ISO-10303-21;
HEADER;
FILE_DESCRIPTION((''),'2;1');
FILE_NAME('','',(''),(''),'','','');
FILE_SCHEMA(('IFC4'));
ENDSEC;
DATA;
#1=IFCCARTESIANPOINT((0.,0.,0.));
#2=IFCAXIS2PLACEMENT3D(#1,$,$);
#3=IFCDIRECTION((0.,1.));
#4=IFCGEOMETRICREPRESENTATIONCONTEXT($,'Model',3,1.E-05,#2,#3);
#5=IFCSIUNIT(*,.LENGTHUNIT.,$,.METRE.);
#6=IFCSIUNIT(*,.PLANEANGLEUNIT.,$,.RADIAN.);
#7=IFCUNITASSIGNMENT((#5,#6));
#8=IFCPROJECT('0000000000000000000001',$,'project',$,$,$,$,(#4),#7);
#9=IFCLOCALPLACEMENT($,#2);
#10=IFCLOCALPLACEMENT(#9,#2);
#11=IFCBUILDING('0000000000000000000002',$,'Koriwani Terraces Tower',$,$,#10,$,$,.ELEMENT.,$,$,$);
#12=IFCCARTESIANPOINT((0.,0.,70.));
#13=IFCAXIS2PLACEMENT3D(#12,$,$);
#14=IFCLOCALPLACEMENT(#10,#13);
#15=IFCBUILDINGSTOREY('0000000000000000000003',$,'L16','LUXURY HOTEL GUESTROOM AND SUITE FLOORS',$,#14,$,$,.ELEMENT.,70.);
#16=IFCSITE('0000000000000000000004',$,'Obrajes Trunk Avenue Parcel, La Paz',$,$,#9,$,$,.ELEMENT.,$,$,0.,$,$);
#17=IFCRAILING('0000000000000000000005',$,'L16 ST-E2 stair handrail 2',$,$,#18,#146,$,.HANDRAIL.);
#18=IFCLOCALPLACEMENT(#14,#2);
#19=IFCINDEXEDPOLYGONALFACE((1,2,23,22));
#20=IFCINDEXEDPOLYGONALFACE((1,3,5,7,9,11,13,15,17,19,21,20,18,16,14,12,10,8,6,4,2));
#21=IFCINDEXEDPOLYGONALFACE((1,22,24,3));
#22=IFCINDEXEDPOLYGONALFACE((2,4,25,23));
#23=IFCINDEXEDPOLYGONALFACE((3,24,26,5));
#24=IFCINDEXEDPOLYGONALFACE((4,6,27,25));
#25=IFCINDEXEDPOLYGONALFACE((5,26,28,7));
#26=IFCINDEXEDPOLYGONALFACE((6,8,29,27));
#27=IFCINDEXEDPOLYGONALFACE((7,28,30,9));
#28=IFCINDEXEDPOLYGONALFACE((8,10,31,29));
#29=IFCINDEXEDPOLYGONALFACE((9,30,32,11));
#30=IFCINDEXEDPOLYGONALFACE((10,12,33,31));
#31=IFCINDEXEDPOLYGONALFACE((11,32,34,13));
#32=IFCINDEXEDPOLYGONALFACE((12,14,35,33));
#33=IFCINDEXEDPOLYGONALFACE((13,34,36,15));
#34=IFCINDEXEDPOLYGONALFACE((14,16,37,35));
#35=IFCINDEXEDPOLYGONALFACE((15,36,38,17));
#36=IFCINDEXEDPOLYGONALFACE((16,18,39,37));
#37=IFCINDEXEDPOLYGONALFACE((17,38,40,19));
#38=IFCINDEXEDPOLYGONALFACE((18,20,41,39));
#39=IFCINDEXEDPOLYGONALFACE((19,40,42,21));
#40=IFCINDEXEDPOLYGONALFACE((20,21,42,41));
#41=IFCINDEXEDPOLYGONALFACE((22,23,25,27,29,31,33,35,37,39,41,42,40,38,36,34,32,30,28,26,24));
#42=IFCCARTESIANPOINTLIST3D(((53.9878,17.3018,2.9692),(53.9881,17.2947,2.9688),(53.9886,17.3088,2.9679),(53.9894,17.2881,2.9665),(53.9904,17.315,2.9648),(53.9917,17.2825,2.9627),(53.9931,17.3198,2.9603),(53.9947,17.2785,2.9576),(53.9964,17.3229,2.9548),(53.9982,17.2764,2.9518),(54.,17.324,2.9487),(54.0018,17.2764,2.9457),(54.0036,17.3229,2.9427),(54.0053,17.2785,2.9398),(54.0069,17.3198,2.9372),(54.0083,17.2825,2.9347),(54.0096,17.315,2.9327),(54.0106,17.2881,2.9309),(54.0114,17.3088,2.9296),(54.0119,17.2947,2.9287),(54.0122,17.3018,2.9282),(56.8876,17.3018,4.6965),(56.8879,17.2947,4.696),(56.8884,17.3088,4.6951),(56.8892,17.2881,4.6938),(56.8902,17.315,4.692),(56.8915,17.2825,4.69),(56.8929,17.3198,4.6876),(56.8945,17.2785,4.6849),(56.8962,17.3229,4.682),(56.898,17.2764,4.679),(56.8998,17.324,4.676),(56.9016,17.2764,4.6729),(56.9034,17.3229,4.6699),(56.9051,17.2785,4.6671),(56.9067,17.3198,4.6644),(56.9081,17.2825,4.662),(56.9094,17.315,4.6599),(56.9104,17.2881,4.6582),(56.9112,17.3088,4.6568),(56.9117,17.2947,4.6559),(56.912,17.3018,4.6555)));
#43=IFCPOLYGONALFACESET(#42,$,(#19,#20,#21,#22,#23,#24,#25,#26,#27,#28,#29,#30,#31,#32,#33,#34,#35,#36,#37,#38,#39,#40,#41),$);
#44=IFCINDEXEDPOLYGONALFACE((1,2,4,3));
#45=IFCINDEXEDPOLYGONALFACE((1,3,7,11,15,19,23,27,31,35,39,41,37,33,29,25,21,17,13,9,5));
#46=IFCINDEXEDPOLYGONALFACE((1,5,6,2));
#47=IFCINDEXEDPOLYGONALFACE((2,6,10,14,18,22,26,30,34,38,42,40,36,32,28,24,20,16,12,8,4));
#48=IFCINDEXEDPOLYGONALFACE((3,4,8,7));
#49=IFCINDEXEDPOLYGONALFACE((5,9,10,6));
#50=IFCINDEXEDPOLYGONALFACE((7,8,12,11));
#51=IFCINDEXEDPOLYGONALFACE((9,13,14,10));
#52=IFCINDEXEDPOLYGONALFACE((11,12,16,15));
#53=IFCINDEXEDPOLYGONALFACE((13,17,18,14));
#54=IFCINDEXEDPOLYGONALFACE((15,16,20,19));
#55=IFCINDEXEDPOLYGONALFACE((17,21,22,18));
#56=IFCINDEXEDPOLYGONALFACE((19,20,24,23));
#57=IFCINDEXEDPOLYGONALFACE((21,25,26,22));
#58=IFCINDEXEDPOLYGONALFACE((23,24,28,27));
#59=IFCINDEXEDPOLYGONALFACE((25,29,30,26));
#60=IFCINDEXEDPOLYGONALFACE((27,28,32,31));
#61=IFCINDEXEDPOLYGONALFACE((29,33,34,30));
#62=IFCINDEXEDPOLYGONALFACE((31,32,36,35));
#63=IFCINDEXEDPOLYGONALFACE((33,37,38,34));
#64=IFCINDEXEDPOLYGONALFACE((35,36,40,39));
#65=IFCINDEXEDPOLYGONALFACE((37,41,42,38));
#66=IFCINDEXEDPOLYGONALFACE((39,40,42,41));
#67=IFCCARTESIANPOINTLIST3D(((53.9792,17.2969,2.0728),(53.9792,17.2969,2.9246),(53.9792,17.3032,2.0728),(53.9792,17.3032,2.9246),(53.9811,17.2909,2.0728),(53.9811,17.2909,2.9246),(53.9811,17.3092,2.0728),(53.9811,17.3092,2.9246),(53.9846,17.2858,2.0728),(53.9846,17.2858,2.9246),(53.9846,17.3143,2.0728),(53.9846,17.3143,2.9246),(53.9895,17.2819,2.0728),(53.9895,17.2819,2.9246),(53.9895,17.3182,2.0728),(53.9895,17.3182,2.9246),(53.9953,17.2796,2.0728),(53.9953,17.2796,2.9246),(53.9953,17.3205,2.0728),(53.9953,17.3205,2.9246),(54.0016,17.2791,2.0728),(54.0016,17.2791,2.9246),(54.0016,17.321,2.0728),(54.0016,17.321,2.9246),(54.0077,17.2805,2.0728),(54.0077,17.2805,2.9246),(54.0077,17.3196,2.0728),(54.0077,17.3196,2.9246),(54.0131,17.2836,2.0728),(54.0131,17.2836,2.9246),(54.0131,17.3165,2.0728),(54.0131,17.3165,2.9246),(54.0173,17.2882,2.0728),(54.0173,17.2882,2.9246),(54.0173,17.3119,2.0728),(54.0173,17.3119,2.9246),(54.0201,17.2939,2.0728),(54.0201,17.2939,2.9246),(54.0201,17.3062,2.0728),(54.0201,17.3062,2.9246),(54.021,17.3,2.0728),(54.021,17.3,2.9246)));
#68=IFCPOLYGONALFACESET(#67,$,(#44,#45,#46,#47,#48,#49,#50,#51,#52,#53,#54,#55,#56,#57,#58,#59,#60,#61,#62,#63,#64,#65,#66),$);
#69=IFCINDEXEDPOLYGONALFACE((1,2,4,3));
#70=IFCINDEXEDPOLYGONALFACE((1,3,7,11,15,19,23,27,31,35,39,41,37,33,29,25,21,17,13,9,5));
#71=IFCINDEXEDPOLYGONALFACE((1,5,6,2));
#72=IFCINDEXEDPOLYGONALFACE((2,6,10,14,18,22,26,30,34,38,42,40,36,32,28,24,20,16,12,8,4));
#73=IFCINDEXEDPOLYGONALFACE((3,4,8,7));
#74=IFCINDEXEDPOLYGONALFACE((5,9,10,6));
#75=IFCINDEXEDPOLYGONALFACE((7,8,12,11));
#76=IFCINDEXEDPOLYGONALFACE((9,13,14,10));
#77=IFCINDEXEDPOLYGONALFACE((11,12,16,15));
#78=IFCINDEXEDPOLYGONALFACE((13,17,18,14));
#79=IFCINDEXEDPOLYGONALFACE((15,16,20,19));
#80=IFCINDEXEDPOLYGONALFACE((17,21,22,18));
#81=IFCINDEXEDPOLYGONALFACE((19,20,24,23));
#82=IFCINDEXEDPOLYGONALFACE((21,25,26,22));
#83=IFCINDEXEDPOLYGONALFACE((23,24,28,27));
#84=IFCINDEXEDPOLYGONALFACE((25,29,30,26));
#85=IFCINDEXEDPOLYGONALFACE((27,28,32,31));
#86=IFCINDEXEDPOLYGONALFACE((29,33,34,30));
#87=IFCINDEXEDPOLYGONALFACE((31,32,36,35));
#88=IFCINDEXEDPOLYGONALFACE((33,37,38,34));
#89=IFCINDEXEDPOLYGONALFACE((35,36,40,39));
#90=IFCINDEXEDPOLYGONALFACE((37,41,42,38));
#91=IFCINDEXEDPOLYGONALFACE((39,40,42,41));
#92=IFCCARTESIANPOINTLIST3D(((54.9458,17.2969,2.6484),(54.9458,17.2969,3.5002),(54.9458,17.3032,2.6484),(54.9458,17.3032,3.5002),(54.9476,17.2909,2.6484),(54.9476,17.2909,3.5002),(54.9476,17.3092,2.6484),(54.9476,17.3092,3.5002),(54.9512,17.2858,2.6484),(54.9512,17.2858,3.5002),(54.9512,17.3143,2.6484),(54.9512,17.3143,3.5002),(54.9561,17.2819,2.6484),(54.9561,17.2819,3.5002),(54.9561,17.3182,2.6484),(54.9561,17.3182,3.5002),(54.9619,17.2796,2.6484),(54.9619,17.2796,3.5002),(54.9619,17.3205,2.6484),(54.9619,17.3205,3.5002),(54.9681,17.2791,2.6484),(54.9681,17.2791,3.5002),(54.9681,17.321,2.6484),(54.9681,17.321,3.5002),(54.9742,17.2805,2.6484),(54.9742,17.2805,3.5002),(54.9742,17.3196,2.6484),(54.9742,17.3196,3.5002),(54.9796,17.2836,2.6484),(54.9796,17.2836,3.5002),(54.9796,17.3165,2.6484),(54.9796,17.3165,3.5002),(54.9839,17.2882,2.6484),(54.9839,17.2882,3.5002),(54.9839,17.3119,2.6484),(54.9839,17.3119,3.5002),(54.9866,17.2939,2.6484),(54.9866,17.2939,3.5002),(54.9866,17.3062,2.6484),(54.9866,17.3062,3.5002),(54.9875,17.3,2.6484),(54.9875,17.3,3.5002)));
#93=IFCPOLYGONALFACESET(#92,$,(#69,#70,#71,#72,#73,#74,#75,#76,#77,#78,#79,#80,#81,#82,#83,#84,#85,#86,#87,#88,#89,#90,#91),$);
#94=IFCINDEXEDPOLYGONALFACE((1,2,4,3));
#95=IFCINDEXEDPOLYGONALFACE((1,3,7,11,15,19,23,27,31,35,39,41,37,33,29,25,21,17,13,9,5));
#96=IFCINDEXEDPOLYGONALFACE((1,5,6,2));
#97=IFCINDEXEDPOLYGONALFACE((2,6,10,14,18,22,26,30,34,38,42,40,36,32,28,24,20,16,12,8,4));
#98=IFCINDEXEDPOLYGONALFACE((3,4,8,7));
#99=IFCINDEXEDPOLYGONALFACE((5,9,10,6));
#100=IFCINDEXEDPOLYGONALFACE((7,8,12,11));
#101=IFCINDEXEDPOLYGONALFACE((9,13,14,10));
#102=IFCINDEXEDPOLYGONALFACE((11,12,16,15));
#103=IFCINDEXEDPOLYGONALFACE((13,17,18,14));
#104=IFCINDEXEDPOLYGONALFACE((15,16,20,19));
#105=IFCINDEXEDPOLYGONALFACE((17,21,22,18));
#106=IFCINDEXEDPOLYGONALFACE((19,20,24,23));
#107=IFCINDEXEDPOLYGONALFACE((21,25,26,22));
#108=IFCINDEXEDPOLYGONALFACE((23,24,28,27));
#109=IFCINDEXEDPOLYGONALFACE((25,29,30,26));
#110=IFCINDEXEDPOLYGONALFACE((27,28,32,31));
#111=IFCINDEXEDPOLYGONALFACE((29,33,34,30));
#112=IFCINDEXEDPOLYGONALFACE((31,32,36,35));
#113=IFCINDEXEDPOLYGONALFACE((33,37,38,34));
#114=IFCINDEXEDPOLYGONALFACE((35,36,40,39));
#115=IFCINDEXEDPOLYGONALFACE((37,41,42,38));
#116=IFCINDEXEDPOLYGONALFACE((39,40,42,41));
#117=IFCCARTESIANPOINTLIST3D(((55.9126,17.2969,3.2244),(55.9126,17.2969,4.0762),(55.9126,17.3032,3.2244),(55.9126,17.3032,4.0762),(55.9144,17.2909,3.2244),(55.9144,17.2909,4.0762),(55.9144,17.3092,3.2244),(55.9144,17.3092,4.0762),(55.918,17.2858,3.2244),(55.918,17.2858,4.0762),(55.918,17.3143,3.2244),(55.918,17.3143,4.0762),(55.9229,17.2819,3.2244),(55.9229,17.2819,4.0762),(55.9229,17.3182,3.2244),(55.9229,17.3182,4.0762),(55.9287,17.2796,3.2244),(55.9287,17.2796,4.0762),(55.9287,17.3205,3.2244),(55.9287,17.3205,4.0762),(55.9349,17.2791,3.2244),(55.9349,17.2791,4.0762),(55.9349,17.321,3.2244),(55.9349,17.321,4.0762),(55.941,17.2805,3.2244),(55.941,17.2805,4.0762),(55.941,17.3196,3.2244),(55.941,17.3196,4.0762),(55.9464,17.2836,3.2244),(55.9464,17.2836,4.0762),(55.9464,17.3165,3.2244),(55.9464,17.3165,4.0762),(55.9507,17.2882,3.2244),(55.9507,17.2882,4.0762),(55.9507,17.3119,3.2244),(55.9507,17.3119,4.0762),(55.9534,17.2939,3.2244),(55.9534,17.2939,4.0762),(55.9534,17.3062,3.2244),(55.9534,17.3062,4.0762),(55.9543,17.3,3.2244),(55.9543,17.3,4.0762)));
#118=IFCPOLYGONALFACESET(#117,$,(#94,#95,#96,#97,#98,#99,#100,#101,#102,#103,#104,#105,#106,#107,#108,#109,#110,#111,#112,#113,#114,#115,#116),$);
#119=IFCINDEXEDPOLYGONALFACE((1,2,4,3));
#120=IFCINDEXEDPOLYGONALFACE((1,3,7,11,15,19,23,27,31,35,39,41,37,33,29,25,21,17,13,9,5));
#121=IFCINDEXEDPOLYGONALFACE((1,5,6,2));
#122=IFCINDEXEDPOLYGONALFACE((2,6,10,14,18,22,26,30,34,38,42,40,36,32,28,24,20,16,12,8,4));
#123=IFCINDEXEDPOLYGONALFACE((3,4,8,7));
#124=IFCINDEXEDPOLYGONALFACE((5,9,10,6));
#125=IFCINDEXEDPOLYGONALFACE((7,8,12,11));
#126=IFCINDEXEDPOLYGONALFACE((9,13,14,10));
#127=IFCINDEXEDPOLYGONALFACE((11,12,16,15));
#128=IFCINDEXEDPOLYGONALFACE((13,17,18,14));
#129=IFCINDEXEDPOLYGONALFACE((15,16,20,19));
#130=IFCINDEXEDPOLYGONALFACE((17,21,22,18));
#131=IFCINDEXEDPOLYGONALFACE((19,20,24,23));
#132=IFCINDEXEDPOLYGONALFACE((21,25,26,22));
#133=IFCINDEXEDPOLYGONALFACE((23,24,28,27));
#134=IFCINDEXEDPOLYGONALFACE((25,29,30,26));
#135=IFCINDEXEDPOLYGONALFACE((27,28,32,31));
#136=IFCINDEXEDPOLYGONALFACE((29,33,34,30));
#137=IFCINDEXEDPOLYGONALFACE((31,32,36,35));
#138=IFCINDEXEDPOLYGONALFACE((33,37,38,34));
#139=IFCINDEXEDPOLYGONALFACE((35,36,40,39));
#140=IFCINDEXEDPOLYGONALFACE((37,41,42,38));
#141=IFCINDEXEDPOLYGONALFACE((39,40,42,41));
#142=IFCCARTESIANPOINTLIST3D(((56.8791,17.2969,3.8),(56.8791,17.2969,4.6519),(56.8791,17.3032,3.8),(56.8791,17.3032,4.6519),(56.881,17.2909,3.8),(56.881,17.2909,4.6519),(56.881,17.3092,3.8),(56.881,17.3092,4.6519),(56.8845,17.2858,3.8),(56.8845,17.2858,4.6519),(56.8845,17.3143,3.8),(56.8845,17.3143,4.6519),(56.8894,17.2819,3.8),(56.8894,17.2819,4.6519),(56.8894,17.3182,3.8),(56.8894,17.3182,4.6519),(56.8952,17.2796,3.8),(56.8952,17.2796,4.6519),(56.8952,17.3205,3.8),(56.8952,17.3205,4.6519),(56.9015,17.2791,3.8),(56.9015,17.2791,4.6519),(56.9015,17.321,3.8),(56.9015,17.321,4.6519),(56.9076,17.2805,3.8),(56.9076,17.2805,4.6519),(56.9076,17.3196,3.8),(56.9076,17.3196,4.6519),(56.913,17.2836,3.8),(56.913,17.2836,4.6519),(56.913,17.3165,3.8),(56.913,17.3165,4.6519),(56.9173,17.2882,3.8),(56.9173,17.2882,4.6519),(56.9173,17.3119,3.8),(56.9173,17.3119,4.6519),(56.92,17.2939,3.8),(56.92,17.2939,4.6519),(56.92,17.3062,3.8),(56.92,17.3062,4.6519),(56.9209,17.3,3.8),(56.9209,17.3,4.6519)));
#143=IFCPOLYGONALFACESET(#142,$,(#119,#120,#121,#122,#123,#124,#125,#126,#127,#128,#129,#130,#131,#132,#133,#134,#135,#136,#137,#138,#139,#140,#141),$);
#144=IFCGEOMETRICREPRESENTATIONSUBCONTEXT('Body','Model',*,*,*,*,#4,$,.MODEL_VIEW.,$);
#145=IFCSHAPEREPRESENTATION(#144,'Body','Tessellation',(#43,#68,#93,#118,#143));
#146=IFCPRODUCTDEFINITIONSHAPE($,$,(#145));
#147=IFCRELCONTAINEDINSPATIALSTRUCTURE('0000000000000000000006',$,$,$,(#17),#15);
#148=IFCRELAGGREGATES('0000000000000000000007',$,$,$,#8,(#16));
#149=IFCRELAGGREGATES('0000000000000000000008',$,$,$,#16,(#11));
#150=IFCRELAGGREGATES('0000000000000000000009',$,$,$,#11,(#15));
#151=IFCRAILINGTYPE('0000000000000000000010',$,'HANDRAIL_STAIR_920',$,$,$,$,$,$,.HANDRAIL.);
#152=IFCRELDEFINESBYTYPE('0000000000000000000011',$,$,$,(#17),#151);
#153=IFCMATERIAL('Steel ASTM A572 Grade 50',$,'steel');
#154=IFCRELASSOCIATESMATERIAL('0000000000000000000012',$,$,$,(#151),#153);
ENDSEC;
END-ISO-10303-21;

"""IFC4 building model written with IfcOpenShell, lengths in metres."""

from ifc_helpers import new_model, si_unit, direction, frame, origin, origin_2d, place, context, subcontext, project, spatial, circle, extrude, material, type_object, element, save


model = new_model("IFC4")

# Units and contexts
model_context = context("Model", 3, precision=1e-05, world=origin(), true_north=direction((0.0, 1.0)))
body_context = subcontext(model_context, "Body", "Model", "MODEL_VIEW")
ifc_project = project(units=[si_unit("LENGTHUNIT", "METRE"), si_unit("PLANEANGLEUNIT", "RADIAN")], contexts=[model_context])

# Site, building, storey
site_placement = place(None, origin())
site = spatial("IfcSite", under=ifc_project, at=site_placement, Name="Obrajes Trunk Avenue Parcel, La Paz", CompositionType="ELEMENT", RefElevation=0.0)
building_placement = place(site_placement, origin())
building = spatial("IfcBuilding", under=site, at=building_placement, Name="Koriwani Terraces Tower", CompositionType="ELEMENT")
storey_placement = place(building_placement, frame((0.0, 0.0, 70.0)))
storey = spatial("IfcBuildingStorey", under=building, at=storey_placement, Name="L16", Description="LUXURY HOTEL GUESTROOM AND SUITE FLOORS", CompositionType="ELEMENT", Elevation=70.0)

# Shared definitions
ifc_material_1 = material(Name="Steel ASTM A572 Grade 50", Category="steel")

# Railing
railing_type_1 = type_object("IfcRailingType", Name="HANDRAIL_STAIR_920", PredefinedType="HANDRAIL", material=ifc_material_1)
railing_1_placement = place(storey_placement, frame((54.0, 17.3, 2.0728)))
element("IfcRailing", 1, at=railing_1_placement, inside=storey, type_object=railing_type_1, Name="L16 ST-E2 stair handrail 2", PredefinedType="HANDRAIL", context=body_context, shape_type="SweptSolid", body=[
    extrude(circle(Radius=0.0239, at=origin_2d()), frame((0.0, 0.0, 0.876), z_axis=(0.859141, 0.0, 0.511738), x_axis=(0.0, 1.0, 0.0)), (0.0, 0.0, 1.0), 3.3752),
    extrude(circle(Radius=0.021, at=origin_2d()), origin(), (0.0, 0.0, 1.0), 0.8518),
    extrude(circle(Radius=0.021, at=origin_2d()), frame((0.9666, 0.0, 0.5757)), (0.0, 0.0, 1.0), 0.8518),
    extrude(circle(Radius=0.021, at=origin_2d()), frame((1.9333, 0.0, 1.1516)), (0.0, 0.0, 1.0), 0.8518),
    extrude(circle(Radius=0.021, at=origin_2d()), frame((2.8999, 0.0, 1.7273)), (0.0, 0.0, 1.0), 0.8518),
])

save(model, "model.ifc")
